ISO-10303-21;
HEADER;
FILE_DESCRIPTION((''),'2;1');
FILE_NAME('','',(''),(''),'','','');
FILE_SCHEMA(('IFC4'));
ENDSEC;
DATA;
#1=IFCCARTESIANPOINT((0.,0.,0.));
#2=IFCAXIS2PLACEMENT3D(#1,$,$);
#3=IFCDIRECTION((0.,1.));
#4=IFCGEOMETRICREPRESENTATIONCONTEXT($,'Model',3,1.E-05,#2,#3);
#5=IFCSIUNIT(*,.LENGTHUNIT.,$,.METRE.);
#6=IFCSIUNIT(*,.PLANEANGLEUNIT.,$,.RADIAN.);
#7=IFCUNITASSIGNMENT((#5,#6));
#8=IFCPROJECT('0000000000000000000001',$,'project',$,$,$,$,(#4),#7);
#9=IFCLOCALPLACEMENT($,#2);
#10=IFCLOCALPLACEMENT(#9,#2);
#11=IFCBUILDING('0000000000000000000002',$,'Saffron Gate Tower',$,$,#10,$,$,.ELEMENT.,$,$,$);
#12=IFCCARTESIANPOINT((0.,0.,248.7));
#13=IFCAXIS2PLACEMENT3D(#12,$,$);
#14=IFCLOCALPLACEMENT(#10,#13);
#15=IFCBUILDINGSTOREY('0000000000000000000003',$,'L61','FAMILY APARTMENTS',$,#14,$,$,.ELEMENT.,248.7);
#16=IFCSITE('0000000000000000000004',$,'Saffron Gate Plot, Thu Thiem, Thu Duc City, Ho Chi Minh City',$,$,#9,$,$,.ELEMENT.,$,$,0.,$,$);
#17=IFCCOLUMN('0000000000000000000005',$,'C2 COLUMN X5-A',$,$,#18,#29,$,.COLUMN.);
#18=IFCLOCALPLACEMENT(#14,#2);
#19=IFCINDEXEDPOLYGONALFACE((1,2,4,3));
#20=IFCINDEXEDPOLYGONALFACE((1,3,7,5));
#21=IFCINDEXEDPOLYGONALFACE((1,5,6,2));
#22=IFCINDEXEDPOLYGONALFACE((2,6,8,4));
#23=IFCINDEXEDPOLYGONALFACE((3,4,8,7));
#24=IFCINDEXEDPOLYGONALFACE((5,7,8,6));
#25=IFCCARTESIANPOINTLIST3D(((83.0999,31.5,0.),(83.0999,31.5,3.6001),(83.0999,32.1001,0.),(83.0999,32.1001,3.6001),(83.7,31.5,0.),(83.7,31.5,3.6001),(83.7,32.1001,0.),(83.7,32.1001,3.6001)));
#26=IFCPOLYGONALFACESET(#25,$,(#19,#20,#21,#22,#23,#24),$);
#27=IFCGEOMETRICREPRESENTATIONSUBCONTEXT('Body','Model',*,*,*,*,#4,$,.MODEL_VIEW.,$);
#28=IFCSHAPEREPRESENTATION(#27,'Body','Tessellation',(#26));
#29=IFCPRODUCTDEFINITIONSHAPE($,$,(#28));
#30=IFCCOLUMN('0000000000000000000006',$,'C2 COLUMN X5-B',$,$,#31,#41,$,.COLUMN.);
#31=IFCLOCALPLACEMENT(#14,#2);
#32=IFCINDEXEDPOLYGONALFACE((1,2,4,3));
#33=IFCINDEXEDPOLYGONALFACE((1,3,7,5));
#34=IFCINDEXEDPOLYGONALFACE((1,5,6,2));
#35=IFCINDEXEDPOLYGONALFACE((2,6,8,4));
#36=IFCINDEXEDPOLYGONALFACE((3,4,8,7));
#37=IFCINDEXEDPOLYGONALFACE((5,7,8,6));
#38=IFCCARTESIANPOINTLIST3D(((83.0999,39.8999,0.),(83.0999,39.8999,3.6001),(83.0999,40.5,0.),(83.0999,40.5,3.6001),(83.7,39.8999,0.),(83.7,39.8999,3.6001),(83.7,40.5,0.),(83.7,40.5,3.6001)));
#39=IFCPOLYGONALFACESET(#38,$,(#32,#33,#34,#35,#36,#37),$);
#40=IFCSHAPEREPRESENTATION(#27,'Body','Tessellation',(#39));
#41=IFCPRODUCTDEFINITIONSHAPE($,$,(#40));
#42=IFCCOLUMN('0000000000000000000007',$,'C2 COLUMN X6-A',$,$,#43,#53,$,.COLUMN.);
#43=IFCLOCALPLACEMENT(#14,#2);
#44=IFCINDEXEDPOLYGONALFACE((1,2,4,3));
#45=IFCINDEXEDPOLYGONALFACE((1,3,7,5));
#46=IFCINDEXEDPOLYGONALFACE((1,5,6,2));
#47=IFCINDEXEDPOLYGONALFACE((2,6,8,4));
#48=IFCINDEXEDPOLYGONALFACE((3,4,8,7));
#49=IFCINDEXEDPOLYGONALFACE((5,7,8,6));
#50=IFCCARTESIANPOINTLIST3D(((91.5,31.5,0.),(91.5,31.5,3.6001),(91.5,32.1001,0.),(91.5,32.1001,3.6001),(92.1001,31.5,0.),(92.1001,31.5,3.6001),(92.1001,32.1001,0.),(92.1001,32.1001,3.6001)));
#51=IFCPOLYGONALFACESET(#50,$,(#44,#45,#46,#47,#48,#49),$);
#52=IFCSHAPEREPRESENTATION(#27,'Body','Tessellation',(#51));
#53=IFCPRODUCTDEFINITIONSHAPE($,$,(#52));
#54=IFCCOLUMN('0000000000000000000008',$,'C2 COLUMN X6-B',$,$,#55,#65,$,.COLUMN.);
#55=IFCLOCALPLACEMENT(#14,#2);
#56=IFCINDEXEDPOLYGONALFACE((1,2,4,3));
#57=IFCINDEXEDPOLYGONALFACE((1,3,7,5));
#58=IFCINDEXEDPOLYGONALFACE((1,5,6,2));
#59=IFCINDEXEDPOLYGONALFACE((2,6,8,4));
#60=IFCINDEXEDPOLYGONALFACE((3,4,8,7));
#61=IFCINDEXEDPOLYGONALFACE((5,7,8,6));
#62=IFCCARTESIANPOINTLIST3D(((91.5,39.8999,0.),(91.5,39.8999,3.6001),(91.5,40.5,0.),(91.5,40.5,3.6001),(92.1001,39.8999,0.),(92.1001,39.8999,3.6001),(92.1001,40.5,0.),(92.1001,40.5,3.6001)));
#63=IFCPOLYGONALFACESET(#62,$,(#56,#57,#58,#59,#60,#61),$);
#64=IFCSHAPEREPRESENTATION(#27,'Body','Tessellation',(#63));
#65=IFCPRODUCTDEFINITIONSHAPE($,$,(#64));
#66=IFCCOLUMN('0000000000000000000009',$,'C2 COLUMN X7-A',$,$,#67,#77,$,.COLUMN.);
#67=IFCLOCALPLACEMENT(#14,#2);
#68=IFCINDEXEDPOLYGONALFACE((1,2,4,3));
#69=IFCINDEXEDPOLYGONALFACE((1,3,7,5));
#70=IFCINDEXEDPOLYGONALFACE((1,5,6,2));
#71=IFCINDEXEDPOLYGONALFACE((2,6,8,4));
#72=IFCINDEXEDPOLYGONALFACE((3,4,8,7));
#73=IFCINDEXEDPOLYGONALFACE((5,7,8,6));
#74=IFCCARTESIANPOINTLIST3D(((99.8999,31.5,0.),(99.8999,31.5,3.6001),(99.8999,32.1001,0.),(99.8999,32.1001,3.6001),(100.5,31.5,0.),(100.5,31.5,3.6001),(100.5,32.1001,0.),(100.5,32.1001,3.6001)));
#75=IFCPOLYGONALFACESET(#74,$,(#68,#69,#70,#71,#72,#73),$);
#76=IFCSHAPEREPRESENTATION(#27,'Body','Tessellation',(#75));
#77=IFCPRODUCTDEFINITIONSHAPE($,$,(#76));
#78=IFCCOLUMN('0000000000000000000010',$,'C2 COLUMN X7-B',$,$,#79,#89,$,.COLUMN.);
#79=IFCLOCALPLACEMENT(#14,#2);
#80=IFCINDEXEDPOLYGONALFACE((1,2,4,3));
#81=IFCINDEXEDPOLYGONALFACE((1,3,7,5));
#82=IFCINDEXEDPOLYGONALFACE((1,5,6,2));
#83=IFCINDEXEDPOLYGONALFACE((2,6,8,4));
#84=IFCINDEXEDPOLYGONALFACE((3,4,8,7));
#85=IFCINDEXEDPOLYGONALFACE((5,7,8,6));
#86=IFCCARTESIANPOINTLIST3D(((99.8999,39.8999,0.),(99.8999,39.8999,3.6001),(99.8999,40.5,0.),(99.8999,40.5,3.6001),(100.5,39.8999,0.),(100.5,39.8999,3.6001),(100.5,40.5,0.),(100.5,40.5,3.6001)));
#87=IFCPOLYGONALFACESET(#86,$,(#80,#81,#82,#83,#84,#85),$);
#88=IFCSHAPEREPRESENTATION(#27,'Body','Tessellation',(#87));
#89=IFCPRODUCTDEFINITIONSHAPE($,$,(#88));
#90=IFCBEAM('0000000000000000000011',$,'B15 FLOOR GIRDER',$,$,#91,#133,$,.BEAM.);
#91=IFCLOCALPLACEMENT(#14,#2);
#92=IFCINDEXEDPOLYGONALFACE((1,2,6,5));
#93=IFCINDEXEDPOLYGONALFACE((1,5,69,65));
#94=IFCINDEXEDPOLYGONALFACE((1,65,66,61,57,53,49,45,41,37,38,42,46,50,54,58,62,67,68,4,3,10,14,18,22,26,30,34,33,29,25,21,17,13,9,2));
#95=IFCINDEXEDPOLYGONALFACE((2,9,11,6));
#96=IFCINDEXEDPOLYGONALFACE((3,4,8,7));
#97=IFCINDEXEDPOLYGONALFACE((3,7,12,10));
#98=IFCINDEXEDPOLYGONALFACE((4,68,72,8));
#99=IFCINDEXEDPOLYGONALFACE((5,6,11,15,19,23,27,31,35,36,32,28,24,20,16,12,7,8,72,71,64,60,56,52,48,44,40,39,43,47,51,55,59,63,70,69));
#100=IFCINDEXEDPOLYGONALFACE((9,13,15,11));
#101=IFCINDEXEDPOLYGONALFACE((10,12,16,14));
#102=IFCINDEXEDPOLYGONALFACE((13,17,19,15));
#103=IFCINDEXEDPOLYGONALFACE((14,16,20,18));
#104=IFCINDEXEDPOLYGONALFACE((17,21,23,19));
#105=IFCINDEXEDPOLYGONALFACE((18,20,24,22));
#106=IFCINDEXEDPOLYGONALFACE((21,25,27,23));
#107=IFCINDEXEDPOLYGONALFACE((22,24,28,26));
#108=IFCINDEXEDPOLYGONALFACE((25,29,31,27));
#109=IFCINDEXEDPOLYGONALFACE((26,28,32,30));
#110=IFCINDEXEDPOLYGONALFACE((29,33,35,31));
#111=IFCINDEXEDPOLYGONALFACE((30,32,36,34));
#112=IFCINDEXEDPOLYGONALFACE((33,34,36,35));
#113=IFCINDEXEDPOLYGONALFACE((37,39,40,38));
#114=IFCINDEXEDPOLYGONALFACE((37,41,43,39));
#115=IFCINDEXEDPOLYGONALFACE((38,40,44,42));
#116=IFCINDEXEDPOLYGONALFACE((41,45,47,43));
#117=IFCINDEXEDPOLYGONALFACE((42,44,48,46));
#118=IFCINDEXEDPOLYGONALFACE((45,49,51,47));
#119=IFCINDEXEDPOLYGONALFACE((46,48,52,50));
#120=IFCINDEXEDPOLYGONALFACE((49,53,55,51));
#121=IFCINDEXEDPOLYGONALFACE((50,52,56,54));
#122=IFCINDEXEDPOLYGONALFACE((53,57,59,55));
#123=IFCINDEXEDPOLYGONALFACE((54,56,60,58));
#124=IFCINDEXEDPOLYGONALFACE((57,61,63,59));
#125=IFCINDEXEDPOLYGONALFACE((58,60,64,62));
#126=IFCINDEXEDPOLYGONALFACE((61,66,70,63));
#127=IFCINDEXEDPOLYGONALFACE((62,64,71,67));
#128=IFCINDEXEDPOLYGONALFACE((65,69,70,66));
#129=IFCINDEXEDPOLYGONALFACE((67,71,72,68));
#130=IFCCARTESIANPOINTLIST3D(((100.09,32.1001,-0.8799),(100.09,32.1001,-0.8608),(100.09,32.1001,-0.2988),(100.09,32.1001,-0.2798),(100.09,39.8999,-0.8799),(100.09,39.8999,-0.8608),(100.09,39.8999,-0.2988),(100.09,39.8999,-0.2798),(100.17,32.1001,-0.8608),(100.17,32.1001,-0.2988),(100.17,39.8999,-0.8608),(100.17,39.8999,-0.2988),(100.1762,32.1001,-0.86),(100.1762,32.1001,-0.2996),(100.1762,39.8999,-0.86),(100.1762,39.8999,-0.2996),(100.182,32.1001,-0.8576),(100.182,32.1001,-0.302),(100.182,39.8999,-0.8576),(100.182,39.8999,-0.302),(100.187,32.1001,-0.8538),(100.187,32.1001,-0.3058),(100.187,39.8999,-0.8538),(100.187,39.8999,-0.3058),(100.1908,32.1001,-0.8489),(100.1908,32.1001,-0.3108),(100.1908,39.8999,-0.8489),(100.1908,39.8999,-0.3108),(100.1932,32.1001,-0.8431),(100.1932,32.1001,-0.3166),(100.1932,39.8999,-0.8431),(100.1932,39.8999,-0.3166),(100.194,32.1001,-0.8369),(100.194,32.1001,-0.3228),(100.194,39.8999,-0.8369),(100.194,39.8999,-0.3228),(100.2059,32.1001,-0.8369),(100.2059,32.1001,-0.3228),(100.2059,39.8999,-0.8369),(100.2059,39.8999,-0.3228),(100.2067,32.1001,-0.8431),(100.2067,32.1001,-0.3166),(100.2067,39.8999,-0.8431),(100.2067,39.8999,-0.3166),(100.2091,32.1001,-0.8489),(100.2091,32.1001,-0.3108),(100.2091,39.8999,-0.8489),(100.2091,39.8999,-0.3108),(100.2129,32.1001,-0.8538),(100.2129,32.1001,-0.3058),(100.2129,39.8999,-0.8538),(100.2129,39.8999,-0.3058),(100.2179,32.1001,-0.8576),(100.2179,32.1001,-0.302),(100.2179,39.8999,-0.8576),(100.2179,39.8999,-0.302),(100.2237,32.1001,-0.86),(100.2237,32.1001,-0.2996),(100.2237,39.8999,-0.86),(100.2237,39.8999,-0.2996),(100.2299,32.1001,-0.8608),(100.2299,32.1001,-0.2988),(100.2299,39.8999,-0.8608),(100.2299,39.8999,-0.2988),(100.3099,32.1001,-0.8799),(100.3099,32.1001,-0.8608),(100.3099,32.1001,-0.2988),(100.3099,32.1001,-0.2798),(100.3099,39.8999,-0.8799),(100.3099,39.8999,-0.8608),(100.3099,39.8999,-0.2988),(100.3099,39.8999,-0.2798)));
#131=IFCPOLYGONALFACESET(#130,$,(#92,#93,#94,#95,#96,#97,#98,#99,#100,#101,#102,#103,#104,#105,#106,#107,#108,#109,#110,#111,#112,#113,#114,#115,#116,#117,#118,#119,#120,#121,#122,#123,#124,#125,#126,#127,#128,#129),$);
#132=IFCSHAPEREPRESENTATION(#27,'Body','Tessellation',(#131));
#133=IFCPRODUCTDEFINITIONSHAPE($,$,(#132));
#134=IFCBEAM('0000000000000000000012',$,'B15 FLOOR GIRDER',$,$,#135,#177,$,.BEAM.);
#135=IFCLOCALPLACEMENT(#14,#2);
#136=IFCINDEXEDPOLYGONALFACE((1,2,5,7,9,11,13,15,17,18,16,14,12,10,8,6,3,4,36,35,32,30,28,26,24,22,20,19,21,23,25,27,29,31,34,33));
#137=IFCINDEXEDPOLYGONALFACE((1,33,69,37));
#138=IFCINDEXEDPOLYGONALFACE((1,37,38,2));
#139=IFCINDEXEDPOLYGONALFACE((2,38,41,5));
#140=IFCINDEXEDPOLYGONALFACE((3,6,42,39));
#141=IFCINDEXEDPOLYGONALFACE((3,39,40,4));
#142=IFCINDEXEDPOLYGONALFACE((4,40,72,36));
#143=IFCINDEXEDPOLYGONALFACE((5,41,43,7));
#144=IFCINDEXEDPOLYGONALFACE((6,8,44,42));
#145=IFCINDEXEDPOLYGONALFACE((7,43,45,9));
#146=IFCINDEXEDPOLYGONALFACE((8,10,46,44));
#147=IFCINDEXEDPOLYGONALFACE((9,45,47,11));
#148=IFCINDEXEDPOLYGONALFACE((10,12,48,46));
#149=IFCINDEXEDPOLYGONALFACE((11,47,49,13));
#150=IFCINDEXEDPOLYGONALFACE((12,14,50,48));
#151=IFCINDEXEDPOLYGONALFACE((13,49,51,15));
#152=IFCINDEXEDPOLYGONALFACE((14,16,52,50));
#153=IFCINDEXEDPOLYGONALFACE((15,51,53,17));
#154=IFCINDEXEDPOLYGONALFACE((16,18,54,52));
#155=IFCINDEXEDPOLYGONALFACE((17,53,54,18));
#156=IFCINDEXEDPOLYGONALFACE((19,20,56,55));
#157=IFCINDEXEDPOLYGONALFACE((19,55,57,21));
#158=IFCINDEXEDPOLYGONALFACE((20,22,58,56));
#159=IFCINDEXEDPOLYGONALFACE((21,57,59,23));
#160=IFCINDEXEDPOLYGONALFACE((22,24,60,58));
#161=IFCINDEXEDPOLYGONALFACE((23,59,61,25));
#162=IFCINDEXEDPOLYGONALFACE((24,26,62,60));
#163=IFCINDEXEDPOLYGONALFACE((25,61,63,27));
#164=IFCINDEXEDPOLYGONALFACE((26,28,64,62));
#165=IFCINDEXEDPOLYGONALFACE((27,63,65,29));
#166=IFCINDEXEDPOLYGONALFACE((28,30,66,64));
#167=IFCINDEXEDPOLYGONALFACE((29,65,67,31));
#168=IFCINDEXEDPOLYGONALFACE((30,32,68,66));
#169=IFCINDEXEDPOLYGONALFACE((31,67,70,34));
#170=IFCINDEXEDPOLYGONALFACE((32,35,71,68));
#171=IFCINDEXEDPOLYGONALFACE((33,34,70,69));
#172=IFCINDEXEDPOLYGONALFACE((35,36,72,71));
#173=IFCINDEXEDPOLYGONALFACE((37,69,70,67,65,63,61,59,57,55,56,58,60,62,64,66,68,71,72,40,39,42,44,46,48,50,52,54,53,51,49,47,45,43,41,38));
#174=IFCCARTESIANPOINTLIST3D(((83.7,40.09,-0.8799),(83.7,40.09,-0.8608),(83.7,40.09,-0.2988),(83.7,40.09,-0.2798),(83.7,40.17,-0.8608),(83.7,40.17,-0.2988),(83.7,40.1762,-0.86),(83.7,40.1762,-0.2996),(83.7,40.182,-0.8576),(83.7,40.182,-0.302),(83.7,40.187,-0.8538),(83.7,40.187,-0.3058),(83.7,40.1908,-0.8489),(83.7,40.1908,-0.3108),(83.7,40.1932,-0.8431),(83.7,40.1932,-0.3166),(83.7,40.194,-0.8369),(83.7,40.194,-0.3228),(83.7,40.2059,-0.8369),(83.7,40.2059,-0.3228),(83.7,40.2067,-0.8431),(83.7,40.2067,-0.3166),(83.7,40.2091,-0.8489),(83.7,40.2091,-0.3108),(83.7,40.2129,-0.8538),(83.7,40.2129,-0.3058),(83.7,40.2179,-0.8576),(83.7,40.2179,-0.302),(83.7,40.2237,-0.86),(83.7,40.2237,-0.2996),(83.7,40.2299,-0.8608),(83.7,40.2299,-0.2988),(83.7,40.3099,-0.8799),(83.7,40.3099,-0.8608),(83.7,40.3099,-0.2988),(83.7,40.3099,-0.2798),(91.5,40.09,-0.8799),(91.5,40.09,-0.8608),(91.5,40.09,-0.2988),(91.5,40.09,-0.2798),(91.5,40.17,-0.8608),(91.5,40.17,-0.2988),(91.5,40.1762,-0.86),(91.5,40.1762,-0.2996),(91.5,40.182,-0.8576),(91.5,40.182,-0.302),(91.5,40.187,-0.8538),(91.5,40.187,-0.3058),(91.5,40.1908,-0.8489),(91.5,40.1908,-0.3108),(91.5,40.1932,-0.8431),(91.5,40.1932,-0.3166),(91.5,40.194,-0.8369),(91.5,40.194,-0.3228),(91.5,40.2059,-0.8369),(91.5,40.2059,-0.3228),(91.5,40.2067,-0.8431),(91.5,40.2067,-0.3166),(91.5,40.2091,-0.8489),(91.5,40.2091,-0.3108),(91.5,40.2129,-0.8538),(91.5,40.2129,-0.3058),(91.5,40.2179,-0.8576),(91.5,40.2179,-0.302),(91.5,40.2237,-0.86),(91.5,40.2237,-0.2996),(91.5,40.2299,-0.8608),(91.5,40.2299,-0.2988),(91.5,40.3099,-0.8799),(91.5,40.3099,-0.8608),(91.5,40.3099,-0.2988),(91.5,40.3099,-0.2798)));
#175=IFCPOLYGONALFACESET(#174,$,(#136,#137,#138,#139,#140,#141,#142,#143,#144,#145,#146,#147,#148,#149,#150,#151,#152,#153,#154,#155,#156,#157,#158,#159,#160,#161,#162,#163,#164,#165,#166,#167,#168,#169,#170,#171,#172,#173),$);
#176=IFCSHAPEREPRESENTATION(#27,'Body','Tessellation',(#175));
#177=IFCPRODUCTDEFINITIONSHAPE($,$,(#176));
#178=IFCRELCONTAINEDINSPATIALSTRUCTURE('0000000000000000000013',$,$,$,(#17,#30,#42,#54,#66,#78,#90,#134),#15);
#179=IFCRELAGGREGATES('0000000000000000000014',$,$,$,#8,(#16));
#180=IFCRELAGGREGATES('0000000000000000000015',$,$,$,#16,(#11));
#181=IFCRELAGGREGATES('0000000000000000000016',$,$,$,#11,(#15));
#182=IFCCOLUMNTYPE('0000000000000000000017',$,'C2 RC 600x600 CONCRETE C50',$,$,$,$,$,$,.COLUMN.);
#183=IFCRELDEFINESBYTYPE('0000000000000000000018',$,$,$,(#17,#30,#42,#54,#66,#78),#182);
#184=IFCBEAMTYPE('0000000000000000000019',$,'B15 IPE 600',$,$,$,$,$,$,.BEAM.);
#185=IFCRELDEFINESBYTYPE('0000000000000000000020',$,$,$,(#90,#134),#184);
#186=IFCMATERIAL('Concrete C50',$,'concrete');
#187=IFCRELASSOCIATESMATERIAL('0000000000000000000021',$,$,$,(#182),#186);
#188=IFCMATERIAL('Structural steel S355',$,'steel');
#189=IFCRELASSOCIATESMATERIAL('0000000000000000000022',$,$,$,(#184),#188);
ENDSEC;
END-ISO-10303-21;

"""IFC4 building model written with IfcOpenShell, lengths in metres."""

from ifc_helpers import new_model, si_unit, direction, frame, origin, origin_2d, place, context, subcontext, project, spatial, rectangle, i_section, extrude, material, material_profile, profile_set, type_object, element, save


model = new_model("IFC4")

# Units and contexts
model_context = context("Model", 3, precision=1e-05, world=origin(), true_north=direction((0.0, 1.0)))
body_context = subcontext(model_context, "Body", "Model", "MODEL_VIEW")
ifc_project = project(units=[si_unit("LENGTHUNIT", "METRE"), si_unit("PLANEANGLEUNIT", "RADIAN")], contexts=[model_context])

# Site, building, storey
site_placement = place(None, origin())
site = spatial("IfcSite", under=ifc_project, at=site_placement, Name="Saffron Gate Plot, Thu Thiem, Thu Duc City, Ho Chi Minh City", CompositionType="ELEMENT", RefElevation=0.0)
building_placement = place(site_placement, origin())
building = spatial("IfcBuilding", under=site, at=building_placement, Name="Saffron Gate Tower", CompositionType="ELEMENT")
storey_placement = place(building_placement, frame((0.0, 0.0, 248.7)))
storey = spatial("IfcBuildingStorey", under=building, at=storey_placement, Name="L61", Description="FAMILY APARTMENTS", CompositionType="ELEMENT", Elevation=248.7)

# Columns
ifc_material_1 = material(Name="Concrete C50", Category="concrete")
ifc_material_profile_1 = material_profile(ifc_material_1, rectangle(XDim=0.6001, YDim=0.6001, at=origin_2d()))
ifc_profile_set_1 = profile_set([ifc_material_profile_1], Name="Concrete C50")
column_type = type_object("IfcColumnType", Name="C2 RC 600x600 CONCRETE C50", PredefinedType="COLUMN", material=ifc_profile_set_1)
for number, where, z_axis, x_axis, name in (
    (1, (83.3999, 31.8, 0.0), (0.0, 0.0, 1.0), (1.0, 0.0, 0.0), "C2 COLUMN X5-A"),
    (2, (83.3999, 40.2, 0.0), (0.0, 0.0, 1.0), (1.0, 0.0, 0.0), "C2 COLUMN X5-B"),
    (3, (91.8, 31.8, 0.0), (0.0, 0.0, 1.0), (1.0, 0.0, 0.0), "C2 COLUMN X6-A"),
    (4, (91.8, 40.2, 0.0), (0.0, 0.0, 1.0), (1.0, 0.0, 0.0), "C2 COLUMN X6-B"),
    (5, (100.2, 31.8, 0.0), (0.0, 0.0, 1.0), (1.0, 0.0, 0.0), "C2 COLUMN X7-A"),
    (6, (100.2, 40.2, 0.0), (0.0, 0.0, 1.0), (1.0, 0.0, 0.0), "C2 COLUMN X7-B"),
):
    element("IfcColumn", number, at=place(storey_placement, frame(where, z_axis=z_axis, x_axis=x_axis)), inside=storey, type_object=column_type, Name=name, PredefinedType="COLUMN", context=body_context, shape_type="SweptSolid", body=[
        extrude(rectangle(XDim=0.6001, YDim=0.6001, at=origin_2d()), origin(), (0.0, 0.0, 1.0), 3.6001),
    ])

# Beams
ifc_material_2 = material(Name="Structural steel S355", Category="steel")
ifc_material_profile_2 = material_profile(ifc_material_2, i_section(OverallWidth=0.22, OverallDepth=0.6001, WebThickness=0.012, FlangeThickness=0.019, FilletRadius=0.0239, at=origin_2d()))
ifc_profile_set_2 = profile_set([ifc_material_profile_2], Name="Structural steel S355")
beam_type_1 = type_object("IfcBeamType", Name="B15 IPE 600", PredefinedType="BEAM", material=ifc_profile_set_2)
beam_1_placement = place(storey_placement, frame((100.2, 32.1001, -0.5798), z_axis=(0.0, 1.0, 0.0), x_axis=(-1.0, 0.0, 0.0)))
element("IfcBeam", 7, at=beam_1_placement, inside=storey, type_object=beam_type_1, Name="B15 FLOOR GIRDER", PredefinedType="BEAM", context=body_context, shape_type="SweptSolid", body=[
    extrude(i_section(OverallWidth=0.22, OverallDepth=0.6001, WebThickness=0.012, FlangeThickness=0.019, FilletRadius=0.0239, at=origin_2d()), origin(), (0.0, 0.0, 1.0), 7.7998),
])
beam_2_placement = place(storey_placement, frame((83.7, 40.2, -0.5798), z_axis=(1.0, 0.0, 0.0), x_axis=(0.0, 1.0, 0.0)))
element("IfcBeam", 8, at=beam_2_placement, inside=storey, type_object=beam_type_1, Name="B15 FLOOR GIRDER", PredefinedType="BEAM", context=body_context, shape_type="SweptSolid", body=[
    extrude(i_section(OverallWidth=0.22, OverallDepth=0.6001, WebThickness=0.012, FlangeThickness=0.019, FilletRadius=0.0239, at=origin_2d()), origin(), (0.0, 0.0, 1.0), 7.8),
])

save(model, "model.ifc")
